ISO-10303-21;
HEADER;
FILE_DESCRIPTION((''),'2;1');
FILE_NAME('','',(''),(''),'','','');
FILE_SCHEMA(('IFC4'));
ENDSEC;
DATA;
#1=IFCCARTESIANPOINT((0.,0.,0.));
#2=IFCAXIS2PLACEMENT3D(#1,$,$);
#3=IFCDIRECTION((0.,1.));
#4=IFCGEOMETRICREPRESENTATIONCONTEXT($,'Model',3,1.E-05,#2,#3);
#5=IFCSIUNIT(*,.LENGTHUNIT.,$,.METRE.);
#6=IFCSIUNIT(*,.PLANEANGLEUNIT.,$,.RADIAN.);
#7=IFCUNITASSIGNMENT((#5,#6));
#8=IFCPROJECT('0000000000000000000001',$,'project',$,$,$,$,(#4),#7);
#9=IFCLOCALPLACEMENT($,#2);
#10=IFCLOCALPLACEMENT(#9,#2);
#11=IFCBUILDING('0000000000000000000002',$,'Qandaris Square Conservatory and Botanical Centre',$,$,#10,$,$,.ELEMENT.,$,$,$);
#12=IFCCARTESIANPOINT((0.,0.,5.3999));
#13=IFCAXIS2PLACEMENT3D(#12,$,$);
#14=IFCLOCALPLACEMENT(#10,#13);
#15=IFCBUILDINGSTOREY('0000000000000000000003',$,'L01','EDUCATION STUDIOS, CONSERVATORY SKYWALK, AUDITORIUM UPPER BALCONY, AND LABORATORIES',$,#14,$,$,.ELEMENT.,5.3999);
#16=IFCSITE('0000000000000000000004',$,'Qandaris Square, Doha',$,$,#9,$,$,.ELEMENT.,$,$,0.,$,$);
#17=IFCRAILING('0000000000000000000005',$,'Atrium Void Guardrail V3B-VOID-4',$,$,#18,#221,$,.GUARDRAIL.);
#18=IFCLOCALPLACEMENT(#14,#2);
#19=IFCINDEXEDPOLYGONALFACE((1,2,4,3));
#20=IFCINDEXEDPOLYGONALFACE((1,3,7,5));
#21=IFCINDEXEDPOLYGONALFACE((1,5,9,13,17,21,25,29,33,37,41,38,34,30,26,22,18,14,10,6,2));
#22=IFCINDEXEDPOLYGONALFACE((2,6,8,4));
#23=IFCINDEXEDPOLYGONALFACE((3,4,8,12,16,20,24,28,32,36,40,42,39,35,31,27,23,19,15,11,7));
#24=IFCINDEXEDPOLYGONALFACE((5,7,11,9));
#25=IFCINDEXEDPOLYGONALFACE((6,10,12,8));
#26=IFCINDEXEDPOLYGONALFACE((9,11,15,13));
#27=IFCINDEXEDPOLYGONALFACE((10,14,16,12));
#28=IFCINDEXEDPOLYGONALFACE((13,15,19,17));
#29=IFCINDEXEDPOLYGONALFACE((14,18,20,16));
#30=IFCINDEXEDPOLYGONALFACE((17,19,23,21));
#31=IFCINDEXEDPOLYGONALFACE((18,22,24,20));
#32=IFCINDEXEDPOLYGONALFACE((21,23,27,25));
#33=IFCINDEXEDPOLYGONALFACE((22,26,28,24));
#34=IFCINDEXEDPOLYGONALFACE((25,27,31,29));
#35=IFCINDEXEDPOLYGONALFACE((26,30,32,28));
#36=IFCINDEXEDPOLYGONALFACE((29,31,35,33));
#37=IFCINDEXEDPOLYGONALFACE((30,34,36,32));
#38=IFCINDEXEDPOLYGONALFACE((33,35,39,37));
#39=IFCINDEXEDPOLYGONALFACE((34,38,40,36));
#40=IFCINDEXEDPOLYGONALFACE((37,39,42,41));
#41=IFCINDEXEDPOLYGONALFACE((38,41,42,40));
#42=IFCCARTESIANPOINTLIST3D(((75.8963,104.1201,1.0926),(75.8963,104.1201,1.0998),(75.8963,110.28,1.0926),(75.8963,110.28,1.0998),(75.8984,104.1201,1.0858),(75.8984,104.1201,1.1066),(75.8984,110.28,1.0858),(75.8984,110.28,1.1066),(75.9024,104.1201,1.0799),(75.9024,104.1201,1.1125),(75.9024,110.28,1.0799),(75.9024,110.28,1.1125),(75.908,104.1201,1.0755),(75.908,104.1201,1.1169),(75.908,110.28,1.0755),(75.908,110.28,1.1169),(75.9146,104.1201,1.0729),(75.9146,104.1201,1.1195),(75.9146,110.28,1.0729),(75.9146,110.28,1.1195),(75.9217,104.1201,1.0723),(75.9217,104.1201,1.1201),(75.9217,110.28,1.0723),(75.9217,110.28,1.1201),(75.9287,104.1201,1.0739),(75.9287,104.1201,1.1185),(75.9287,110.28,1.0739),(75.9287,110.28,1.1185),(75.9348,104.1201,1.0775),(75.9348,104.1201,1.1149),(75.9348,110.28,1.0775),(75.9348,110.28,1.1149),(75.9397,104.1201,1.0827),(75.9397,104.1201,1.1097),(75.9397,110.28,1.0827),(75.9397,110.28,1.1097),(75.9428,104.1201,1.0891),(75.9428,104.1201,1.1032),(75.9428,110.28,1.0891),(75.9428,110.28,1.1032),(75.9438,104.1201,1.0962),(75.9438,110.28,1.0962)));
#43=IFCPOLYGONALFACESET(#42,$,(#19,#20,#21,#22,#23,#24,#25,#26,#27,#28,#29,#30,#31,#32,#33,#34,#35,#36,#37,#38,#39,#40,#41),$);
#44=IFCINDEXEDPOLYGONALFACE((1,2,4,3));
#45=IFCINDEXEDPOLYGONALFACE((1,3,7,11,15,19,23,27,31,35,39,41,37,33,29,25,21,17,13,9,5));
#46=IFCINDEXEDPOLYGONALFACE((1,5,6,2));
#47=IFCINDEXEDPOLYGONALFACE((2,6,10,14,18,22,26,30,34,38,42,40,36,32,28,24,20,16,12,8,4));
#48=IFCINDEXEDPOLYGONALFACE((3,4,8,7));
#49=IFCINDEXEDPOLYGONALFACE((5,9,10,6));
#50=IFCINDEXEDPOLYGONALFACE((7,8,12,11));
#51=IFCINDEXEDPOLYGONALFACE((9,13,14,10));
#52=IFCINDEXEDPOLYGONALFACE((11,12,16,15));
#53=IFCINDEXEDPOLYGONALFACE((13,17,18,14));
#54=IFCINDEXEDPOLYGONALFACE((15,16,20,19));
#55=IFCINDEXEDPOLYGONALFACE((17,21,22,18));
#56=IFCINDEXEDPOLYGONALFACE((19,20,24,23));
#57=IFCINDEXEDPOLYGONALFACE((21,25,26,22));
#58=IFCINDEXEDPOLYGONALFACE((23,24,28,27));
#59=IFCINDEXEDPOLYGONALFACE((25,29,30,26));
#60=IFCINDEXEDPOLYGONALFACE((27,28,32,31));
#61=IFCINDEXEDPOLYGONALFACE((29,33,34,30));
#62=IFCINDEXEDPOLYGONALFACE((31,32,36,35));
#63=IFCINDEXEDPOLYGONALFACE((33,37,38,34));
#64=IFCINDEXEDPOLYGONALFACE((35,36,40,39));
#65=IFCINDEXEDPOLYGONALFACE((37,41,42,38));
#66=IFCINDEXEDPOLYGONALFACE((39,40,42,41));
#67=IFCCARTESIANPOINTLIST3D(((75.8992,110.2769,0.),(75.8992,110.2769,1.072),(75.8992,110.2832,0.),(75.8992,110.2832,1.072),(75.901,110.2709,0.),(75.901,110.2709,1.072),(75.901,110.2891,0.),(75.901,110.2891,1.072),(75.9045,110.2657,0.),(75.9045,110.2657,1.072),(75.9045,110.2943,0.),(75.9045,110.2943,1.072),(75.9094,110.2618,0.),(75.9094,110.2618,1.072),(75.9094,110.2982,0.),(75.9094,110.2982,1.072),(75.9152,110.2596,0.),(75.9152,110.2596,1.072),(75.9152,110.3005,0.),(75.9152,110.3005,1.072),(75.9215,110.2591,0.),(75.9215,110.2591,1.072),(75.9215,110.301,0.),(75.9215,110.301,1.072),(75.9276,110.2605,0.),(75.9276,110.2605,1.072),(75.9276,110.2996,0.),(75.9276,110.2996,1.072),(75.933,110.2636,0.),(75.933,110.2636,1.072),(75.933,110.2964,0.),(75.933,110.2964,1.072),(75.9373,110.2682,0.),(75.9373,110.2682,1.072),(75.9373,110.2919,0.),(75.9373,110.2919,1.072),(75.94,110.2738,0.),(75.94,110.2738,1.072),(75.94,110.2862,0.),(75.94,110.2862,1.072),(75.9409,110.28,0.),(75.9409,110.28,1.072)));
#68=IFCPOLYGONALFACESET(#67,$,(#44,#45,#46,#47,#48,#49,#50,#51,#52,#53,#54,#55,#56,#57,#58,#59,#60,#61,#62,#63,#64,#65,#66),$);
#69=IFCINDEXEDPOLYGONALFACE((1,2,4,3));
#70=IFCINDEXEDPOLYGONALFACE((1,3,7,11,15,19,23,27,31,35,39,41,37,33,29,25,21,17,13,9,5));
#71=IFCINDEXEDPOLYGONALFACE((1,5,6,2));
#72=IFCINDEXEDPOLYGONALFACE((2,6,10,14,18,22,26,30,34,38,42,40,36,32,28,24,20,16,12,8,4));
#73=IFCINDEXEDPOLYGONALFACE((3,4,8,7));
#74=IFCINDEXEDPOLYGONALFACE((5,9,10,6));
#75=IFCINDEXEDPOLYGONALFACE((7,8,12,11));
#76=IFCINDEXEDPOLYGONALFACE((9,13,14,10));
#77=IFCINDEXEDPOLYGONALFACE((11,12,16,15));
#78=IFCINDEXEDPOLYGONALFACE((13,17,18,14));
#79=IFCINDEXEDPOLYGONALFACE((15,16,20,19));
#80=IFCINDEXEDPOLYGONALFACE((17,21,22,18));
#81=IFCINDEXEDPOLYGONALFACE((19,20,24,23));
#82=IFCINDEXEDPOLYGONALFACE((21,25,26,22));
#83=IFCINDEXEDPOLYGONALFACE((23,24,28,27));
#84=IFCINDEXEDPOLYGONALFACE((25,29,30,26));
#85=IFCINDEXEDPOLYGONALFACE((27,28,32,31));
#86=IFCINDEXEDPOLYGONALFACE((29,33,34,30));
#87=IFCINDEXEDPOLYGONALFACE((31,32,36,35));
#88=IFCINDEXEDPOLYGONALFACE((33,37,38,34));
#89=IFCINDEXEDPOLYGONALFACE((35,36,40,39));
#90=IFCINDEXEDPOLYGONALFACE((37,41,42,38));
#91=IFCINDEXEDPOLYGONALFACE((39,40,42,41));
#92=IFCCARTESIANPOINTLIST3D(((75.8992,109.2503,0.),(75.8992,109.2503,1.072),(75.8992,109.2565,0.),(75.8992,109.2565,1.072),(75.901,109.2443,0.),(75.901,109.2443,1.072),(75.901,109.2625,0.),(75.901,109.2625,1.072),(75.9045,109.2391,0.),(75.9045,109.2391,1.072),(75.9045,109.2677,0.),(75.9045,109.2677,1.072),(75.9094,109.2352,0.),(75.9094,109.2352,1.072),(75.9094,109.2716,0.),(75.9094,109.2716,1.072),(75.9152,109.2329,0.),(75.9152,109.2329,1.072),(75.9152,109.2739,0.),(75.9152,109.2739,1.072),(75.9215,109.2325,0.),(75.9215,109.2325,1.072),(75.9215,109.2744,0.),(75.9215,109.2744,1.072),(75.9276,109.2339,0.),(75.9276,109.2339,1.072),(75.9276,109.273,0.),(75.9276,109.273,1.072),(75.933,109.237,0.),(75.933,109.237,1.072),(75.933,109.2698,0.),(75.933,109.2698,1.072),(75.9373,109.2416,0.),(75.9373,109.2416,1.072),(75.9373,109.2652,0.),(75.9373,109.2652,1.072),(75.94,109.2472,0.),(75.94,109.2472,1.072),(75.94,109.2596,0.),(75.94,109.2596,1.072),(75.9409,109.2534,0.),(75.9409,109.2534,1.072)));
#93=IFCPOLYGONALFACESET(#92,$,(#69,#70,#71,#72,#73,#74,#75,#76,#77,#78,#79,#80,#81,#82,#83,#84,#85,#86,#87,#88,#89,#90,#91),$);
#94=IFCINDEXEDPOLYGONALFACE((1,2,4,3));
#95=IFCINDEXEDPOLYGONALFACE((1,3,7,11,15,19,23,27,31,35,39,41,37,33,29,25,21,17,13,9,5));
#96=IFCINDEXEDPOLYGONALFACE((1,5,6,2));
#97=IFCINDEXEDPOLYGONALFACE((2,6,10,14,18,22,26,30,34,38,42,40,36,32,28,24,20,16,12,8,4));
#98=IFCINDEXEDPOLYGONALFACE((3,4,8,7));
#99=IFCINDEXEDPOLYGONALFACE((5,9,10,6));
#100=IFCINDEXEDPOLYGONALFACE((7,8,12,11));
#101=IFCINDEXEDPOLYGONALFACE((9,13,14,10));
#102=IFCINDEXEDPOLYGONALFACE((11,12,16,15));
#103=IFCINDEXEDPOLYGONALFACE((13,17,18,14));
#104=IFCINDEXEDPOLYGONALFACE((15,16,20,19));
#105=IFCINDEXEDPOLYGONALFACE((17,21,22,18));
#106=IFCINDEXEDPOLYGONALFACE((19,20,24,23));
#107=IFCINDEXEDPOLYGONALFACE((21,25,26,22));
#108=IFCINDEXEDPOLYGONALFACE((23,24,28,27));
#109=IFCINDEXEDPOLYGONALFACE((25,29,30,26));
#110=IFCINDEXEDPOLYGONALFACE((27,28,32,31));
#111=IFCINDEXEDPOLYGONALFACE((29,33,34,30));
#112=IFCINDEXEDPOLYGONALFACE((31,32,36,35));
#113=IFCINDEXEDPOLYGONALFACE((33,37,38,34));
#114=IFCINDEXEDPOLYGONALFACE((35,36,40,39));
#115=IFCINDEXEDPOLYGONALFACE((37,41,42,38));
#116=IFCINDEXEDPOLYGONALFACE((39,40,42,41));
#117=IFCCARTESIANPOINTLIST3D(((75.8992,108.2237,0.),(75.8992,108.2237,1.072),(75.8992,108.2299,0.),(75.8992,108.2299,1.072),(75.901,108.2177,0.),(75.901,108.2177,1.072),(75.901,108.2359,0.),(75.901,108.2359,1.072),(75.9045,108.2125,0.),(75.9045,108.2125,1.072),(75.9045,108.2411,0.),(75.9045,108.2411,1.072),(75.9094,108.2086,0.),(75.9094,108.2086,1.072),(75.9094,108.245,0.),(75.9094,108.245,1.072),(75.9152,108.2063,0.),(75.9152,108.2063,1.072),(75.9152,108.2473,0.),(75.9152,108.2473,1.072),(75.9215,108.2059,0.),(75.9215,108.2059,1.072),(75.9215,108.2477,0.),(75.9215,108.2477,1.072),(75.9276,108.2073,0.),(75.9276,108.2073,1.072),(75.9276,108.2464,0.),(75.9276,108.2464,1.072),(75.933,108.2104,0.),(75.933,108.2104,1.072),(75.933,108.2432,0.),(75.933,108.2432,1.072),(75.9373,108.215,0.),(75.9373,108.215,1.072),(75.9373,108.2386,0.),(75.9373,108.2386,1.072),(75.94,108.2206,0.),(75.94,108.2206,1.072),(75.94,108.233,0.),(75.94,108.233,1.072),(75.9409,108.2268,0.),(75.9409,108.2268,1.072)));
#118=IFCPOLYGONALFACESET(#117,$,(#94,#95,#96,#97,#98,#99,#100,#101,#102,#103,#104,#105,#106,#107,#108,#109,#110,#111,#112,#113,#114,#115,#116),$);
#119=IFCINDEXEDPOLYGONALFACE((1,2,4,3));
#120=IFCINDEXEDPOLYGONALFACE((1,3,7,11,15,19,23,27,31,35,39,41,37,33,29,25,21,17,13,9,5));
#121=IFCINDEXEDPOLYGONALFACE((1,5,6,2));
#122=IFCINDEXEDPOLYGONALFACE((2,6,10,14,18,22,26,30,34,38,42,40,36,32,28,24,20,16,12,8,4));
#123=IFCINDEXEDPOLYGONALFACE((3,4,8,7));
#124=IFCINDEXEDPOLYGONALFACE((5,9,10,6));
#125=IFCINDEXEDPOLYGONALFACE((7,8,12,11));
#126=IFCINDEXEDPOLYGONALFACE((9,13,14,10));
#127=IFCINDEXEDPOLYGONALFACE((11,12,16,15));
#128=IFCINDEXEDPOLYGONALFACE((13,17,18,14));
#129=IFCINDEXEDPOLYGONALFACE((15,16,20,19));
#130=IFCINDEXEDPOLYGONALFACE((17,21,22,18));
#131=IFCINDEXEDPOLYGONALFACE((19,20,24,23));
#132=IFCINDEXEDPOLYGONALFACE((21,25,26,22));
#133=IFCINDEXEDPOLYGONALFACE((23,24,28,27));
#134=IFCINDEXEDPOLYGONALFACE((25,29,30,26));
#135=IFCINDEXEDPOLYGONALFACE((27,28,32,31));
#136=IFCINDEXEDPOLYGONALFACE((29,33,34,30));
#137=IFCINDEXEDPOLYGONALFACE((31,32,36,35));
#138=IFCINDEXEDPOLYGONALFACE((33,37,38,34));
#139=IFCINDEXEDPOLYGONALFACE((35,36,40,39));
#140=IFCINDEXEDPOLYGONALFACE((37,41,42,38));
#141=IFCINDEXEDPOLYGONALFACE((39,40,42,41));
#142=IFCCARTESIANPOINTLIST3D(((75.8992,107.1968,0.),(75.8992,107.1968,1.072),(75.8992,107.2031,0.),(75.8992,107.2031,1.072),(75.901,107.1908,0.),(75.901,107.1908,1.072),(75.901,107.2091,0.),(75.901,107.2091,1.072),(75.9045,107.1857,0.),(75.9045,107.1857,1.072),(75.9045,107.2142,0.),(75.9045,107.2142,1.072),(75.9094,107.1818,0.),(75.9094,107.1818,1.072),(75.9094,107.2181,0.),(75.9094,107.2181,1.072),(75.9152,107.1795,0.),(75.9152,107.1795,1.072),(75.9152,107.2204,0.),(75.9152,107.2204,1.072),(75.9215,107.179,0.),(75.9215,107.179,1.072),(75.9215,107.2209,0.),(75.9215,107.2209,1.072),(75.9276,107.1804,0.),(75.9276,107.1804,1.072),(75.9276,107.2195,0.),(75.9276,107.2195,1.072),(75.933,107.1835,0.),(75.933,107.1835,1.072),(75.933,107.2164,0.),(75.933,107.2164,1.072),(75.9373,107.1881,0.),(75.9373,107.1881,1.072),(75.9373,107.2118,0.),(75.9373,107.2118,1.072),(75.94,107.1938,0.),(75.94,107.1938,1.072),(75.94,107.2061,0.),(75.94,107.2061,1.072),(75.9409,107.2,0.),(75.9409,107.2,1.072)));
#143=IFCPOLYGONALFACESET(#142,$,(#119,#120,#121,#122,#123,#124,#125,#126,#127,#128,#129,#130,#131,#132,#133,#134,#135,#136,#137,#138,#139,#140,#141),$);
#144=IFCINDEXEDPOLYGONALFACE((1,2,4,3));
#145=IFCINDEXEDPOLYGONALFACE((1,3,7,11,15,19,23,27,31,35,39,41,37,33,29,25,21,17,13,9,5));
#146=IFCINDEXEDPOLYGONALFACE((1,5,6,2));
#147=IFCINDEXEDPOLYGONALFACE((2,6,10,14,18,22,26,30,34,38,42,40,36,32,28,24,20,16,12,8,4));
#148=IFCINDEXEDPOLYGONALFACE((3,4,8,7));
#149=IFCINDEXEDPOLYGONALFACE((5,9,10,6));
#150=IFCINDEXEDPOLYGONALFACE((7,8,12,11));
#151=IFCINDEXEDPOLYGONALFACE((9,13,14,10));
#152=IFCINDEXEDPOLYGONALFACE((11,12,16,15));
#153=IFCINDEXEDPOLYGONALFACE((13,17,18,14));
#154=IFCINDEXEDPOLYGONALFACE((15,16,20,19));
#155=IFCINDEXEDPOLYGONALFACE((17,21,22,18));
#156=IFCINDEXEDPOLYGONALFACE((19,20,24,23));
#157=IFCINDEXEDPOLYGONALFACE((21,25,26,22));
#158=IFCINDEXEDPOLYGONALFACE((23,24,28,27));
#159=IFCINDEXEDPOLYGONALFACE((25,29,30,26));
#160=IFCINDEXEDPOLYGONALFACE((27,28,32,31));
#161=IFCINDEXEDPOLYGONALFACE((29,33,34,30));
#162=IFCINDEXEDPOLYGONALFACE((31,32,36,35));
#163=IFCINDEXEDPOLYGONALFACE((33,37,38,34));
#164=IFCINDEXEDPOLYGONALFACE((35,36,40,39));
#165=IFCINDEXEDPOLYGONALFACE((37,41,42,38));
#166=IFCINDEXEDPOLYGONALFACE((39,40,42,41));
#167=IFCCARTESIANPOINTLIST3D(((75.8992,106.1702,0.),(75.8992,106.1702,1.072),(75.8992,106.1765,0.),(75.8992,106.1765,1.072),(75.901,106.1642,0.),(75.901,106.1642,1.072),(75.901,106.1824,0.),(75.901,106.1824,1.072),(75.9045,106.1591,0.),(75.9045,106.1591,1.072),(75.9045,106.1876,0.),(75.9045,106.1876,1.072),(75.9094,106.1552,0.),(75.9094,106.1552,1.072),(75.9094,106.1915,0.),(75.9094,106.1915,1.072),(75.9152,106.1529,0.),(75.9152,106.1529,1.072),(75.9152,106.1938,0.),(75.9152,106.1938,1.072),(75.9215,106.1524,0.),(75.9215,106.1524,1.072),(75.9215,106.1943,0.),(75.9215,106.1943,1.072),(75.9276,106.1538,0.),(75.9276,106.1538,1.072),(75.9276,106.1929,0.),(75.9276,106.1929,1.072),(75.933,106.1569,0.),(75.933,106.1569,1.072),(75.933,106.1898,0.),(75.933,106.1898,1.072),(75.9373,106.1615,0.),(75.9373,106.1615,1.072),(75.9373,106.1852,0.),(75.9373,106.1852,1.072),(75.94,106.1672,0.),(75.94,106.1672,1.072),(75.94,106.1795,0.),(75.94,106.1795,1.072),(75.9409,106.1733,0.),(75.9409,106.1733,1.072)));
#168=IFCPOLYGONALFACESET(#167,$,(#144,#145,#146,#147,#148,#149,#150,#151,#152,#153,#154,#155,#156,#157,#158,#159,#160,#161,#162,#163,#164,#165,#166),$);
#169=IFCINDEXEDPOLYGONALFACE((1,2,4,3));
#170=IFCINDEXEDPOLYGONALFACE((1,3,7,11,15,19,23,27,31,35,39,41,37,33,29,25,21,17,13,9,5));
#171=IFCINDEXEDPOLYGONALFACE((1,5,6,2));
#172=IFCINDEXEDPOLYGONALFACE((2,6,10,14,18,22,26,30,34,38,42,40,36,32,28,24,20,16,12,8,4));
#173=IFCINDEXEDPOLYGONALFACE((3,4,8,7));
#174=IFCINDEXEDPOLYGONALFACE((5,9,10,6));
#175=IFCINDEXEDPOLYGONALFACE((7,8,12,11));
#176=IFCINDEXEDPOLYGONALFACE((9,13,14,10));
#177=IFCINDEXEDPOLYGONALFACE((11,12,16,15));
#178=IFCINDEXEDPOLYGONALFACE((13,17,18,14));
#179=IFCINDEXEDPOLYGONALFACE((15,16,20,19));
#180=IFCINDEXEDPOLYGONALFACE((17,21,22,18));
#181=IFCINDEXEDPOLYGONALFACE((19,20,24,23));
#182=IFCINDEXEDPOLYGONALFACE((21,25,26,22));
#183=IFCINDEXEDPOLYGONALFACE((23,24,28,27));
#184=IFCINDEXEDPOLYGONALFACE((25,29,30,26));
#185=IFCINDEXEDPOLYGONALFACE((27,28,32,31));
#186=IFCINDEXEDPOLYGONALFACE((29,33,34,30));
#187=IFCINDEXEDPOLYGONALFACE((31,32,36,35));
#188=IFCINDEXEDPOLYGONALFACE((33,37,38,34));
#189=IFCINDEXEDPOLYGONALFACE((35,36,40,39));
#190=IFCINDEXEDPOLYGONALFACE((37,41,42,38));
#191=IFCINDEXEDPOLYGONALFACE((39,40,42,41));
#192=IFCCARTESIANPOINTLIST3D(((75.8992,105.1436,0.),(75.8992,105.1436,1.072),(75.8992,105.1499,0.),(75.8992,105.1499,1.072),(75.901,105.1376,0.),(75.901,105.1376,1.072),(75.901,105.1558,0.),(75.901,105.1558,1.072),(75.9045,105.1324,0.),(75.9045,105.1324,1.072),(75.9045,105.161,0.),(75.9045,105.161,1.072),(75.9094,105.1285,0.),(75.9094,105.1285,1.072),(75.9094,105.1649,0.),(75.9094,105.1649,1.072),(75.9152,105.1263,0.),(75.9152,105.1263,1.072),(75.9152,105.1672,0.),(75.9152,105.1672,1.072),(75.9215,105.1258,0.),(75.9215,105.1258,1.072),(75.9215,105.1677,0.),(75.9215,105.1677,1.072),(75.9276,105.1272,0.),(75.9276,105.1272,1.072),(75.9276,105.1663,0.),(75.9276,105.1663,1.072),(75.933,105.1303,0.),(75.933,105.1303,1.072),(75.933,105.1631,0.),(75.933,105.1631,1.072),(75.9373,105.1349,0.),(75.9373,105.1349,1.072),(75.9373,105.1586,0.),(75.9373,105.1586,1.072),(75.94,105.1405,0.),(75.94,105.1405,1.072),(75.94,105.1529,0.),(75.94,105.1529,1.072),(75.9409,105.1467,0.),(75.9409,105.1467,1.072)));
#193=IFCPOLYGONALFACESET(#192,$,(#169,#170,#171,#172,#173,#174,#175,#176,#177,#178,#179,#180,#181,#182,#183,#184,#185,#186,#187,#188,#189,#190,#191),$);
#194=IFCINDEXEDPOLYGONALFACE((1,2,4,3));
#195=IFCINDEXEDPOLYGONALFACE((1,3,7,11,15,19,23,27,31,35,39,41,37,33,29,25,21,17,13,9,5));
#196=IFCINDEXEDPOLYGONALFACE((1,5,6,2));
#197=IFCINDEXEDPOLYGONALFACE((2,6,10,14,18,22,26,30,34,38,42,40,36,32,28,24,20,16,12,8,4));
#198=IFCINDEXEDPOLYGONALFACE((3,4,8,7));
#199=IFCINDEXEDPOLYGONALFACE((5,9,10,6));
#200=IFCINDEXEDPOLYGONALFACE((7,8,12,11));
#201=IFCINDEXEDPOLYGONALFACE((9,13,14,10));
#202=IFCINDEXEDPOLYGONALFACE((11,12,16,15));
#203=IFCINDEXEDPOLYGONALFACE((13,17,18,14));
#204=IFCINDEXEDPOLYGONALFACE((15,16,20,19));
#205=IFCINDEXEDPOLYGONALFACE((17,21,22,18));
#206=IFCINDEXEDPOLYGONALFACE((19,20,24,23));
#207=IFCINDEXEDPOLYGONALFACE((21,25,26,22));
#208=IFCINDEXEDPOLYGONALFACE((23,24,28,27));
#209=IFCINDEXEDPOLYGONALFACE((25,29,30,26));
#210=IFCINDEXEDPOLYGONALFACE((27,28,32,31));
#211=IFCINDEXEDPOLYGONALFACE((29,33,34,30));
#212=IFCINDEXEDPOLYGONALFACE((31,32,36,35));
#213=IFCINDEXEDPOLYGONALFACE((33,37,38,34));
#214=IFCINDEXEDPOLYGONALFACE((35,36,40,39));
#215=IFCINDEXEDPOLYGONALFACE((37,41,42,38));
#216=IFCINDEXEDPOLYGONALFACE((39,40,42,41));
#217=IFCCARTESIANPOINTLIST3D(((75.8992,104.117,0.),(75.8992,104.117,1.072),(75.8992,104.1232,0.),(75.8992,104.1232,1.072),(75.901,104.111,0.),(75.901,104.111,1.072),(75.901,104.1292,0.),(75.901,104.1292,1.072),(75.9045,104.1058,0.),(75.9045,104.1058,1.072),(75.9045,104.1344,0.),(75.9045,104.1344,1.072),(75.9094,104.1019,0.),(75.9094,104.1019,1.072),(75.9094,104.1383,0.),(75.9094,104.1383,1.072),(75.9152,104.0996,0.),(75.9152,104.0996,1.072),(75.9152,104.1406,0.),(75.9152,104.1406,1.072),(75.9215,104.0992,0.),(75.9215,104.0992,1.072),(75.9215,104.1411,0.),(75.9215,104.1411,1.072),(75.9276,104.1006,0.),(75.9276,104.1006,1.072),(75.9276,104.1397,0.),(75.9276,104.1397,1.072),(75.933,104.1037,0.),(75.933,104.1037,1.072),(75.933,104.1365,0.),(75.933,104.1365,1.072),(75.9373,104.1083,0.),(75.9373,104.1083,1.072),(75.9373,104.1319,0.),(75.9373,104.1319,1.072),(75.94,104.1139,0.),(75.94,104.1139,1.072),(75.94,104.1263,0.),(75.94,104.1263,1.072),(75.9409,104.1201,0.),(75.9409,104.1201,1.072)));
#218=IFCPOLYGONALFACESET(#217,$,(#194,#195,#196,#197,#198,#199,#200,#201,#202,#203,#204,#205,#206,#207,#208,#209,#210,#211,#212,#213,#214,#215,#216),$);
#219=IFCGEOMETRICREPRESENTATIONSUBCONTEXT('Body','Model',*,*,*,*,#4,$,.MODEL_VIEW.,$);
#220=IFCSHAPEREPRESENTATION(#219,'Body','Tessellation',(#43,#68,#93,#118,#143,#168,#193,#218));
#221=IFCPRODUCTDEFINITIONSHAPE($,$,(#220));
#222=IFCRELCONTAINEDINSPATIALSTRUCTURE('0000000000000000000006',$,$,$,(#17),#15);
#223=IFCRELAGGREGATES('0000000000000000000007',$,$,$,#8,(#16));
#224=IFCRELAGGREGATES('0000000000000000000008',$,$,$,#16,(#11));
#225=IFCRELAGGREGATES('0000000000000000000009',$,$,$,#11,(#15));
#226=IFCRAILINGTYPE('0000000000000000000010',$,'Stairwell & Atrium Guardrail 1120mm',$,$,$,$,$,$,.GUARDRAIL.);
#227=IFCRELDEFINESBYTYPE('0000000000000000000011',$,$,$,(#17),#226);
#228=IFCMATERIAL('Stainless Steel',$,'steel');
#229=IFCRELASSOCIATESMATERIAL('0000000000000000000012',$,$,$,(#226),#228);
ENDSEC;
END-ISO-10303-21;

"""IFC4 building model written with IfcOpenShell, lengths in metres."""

from ifc_helpers import new_model, si_unit, direction, frame, origin, origin_2d, place, context, subcontext, project, spatial, circle, extrude, material, type_object, element, save


model = new_model("IFC4")

# Units and contexts
model_context = context("Model", 3, precision=1e-05, world=origin(), true_north=direction((0.0, 1.0)))
body_context = subcontext(model_context, "Body", "Model", "MODEL_VIEW")
ifc_project = project(units=[si_unit("LENGTHUNIT", "METRE"), si_unit("PLANEANGLEUNIT", "RADIAN")], contexts=[model_context])

# Site, building, storey
site_placement = place(None, origin())
site = spatial("IfcSite", under=ifc_project, at=site_placement, Name="Qandaris Square, Doha", CompositionType="ELEMENT", RefElevation=0.0)
building_placement = place(site_placement, origin())
building = spatial("IfcBuilding", under=site, at=building_placement, Name="Qandaris Square Conservatory and Botanical Centre", CompositionType="ELEMENT")
storey_placement = place(building_placement, frame((0.0, 0.0, 5.3999)))
storey = spatial("IfcBuildingStorey", under=building, at=storey_placement, Name="L01", Description="EDUCATION STUDIOS, CONSERVATORY SKYWALK, AUDITORIUM UPPER BALCONY, AND LABORATORIES", CompositionType="ELEMENT", Elevation=5.3999)

# Railing
ifc_material_1 = material(Name="Stainless Steel", Category="steel")
railing_type = type_object("IfcRailingType", Name="Stairwell & Atrium Guardrail 1120mm", PredefinedType="GUARDRAIL", material=ifc_material_1)
railing_1_placement = place(storey_placement, frame((75.9199, 110.28, 0.0)))
element("IfcRailing", 1, at=railing_1_placement, inside=storey, type_object=railing_type, Name="Atrium Void Guardrail V3B-VOID-4", PredefinedType="GUARDRAIL", context=body_context, shape_type="SweptSolid", body=[
    extrude(circle(Radius=0.0239, at=origin_2d()), frame((0.0, 0.0, 1.0962), z_axis=(0.0, -1.0, 0.0), x_axis=(1.0, 0.0, 0.0)), (0.0, 0.0, 1.0), 6.1599),
    extrude(circle(Radius=0.021, at=origin_2d()), origin(), (0.0, 0.0, 1.0), 1.072),
    extrude(circle(Radius=0.021, at=origin_2d()), frame((0.0, -1.0266, 0.0)), (0.0, 0.0, 1.0), 1.072),
    extrude(circle(Radius=0.021, at=origin_2d()), frame((0.0, -2.0532, 0.0)), (0.0, 0.0, 1.0), 1.072),
    extrude(circle(Radius=0.021, at=origin_2d()), frame((0.0, -3.0801, 0.0)), (0.0, 0.0, 1.0), 1.072),
    extrude(circle(Radius=0.021, at=origin_2d()), frame((0.0, -4.1067, 0.0)), (0.0, 0.0, 1.0), 1.072),
    extrude(circle(Radius=0.021, at=origin_2d()), frame((0.0, -5.1333, 0.0)), (0.0, 0.0, 1.0), 1.072),
    extrude(circle(Radius=0.021, at=origin_2d()), frame((0.0, -6.1599, 0.0)), (0.0, 0.0, 1.0), 1.072),
])

save(model, "model.ifc")
